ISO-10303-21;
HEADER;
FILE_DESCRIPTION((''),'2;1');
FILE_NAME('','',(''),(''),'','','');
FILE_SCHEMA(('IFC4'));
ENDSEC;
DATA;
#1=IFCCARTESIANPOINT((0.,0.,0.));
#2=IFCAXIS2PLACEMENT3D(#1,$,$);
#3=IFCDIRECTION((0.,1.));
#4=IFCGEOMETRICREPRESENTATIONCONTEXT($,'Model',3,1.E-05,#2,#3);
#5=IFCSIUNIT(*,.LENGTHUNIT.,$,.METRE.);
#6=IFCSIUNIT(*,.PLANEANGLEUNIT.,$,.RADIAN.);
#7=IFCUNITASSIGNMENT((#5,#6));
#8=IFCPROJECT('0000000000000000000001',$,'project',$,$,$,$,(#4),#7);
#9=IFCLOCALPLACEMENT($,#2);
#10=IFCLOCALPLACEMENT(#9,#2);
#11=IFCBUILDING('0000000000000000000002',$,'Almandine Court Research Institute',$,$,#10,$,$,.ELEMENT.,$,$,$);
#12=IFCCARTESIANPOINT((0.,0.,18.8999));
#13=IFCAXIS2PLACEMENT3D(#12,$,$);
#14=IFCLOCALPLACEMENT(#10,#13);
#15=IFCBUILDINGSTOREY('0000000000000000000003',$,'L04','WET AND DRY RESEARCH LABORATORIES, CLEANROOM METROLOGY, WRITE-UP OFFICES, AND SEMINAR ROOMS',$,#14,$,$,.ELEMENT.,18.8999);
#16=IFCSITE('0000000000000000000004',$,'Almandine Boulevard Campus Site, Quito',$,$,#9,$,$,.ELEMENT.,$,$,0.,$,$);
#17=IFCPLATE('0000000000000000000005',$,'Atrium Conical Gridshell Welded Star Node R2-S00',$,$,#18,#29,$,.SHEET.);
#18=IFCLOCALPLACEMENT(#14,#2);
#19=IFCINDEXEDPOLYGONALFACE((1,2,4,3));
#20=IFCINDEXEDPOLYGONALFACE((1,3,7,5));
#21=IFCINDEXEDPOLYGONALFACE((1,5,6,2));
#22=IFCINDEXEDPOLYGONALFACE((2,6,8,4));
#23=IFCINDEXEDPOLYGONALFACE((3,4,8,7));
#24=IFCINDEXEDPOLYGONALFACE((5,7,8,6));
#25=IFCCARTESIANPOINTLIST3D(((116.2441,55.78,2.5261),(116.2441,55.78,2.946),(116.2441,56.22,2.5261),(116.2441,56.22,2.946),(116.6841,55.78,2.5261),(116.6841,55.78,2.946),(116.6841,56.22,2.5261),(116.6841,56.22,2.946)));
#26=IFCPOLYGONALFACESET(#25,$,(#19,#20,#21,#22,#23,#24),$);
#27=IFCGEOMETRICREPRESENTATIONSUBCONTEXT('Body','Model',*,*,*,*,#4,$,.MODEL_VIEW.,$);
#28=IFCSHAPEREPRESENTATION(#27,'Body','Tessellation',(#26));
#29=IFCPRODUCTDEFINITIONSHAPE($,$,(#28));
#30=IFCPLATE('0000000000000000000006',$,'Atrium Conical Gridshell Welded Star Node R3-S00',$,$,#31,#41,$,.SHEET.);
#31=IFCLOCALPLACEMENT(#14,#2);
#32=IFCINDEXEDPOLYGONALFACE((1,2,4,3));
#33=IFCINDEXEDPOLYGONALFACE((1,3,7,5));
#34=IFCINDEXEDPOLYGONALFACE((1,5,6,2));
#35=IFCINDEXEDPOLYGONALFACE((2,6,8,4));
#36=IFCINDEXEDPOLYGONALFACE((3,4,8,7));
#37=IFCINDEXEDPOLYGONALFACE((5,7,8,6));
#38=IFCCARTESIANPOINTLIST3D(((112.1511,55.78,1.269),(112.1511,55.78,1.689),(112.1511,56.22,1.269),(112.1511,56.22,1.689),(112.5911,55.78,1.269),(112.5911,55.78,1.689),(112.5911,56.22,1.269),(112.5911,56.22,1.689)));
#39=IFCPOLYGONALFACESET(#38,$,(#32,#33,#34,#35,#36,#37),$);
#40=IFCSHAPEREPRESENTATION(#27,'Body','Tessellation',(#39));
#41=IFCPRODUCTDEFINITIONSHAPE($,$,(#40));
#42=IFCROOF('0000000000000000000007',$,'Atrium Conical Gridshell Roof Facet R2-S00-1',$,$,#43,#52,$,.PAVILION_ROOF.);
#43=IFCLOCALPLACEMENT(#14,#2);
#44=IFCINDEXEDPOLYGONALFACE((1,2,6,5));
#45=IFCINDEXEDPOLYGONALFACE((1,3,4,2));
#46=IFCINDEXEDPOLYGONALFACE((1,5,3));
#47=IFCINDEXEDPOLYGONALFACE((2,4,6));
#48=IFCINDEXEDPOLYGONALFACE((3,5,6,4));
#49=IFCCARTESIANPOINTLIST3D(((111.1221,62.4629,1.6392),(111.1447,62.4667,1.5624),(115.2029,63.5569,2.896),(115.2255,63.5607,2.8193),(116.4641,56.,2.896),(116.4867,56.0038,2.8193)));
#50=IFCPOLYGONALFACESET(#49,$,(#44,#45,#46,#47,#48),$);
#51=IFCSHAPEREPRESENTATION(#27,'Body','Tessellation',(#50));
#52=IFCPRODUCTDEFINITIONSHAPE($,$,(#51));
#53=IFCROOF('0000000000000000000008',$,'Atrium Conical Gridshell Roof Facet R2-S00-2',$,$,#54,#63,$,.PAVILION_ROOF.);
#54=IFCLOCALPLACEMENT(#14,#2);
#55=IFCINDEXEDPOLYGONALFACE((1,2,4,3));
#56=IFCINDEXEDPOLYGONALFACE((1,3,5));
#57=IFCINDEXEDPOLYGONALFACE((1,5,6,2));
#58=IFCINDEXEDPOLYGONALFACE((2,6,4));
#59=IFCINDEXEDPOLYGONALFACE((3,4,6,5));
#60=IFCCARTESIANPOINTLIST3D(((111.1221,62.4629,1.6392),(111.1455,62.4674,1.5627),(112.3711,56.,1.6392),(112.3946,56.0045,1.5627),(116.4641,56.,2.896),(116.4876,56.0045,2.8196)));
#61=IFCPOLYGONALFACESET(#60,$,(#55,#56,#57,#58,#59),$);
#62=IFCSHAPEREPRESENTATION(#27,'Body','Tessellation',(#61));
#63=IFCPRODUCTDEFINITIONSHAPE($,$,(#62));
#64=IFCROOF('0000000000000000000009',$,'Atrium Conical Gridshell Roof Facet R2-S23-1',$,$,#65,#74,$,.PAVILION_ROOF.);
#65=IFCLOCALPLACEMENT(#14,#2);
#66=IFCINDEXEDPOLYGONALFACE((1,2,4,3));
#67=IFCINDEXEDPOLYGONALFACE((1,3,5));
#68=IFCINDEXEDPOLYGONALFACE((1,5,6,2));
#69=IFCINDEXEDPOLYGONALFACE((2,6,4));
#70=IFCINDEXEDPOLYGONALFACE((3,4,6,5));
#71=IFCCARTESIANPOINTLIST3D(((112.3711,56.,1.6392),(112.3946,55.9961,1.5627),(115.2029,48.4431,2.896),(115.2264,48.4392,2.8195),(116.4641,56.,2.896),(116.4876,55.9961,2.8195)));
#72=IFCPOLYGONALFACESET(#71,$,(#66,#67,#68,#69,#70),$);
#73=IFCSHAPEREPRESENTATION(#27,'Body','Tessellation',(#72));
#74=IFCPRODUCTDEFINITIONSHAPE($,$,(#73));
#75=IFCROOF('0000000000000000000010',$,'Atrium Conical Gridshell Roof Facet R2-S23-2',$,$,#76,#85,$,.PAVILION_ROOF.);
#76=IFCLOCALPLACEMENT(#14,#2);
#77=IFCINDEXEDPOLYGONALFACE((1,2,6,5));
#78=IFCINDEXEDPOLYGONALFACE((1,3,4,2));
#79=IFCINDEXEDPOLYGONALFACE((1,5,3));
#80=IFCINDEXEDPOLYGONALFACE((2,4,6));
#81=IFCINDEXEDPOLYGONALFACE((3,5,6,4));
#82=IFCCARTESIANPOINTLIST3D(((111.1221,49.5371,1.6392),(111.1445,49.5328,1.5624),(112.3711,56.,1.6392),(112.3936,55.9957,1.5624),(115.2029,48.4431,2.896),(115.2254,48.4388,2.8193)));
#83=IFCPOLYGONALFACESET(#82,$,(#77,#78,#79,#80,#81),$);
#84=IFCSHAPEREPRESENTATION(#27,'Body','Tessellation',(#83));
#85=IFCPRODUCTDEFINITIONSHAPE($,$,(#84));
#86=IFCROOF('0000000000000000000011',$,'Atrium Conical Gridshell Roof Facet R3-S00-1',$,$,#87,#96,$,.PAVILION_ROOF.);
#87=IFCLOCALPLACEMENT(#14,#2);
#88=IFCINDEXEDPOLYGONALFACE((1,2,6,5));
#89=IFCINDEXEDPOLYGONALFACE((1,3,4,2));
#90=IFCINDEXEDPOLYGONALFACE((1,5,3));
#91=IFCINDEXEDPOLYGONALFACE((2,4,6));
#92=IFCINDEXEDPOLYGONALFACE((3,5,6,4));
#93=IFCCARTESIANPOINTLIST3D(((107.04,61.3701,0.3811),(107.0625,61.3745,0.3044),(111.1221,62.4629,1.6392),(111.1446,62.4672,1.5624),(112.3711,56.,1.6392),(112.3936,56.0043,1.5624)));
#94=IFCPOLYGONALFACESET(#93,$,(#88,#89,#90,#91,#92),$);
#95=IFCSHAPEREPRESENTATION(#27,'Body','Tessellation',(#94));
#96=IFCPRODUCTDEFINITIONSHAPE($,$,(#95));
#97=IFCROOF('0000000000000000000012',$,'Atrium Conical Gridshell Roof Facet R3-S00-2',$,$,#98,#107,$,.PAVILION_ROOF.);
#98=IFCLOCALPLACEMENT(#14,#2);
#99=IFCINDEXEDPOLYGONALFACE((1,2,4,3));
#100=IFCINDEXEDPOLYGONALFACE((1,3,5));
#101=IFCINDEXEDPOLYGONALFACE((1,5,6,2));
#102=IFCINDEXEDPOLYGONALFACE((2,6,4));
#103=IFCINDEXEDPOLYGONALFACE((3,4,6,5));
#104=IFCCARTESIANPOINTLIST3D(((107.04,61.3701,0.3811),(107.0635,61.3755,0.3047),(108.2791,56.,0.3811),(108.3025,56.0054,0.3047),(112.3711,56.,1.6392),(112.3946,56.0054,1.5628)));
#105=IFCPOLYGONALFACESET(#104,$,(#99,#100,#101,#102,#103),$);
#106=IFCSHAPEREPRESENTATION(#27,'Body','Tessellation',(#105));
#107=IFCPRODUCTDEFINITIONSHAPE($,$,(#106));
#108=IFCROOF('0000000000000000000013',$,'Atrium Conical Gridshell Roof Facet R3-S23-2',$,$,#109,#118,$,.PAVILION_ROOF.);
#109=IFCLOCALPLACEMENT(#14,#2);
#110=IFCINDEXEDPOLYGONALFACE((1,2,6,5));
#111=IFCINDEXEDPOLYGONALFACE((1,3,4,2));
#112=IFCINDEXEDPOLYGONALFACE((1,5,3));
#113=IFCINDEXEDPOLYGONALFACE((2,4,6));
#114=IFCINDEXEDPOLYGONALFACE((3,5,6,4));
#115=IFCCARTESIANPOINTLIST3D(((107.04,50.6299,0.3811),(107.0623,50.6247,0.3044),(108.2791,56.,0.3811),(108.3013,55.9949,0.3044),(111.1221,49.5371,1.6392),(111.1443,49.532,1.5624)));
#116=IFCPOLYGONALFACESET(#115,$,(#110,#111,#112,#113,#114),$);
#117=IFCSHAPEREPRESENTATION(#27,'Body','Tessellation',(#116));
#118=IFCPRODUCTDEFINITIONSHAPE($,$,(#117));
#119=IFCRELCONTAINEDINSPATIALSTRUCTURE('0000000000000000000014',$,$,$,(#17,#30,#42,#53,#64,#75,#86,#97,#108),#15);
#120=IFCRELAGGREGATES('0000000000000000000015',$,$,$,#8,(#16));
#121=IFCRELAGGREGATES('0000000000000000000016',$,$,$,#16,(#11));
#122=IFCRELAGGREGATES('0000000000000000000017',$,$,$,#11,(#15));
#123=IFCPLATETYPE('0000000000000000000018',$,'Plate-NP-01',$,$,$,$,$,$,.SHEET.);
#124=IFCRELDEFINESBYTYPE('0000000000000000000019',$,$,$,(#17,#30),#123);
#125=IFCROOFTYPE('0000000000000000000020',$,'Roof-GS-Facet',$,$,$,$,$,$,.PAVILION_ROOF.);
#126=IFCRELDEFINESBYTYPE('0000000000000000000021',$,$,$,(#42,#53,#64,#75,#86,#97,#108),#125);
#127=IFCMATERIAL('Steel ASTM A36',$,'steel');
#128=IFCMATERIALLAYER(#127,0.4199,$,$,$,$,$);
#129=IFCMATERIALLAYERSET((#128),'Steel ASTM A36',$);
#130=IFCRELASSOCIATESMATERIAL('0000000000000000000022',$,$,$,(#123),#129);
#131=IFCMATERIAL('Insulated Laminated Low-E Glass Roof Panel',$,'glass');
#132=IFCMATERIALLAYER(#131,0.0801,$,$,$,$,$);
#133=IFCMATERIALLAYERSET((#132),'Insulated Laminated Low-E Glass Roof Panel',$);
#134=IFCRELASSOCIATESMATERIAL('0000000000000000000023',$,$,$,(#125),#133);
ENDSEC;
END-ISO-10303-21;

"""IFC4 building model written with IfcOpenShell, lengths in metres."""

from ifc_helpers import new_model, si_unit, direction, frame, origin, origin_2d, place, context, subcontext, project, spatial, polyline, rectangle, outline, extrude, material, layer, layer_set, type_object, element, save


model = new_model("IFC4")

# Units and contexts
model_context = context("Model", 3, precision=1e-05, world=origin(), true_north=direction((0.0, 1.0)))
body_context = subcontext(model_context, "Body", "Model", "MODEL_VIEW")
ifc_project = project(units=[si_unit("LENGTHUNIT", "METRE"), si_unit("PLANEANGLEUNIT", "RADIAN")], contexts=[model_context])

# Site, building, storey
site_placement = place(None, origin())
site = spatial("IfcSite", under=ifc_project, at=site_placement, Name="Almandine Boulevard Campus Site, Quito", CompositionType="ELEMENT", RefElevation=0.0)
building_placement = place(site_placement, origin())
building = spatial("IfcBuilding", under=site, at=building_placement, Name="Almandine Court Research Institute", CompositionType="ELEMENT")
storey_placement = place(building_placement, frame((0.0, 0.0, 18.8999)))
storey = spatial("IfcBuildingStorey", under=building, at=storey_placement, Name="L04", Description="WET AND DRY RESEARCH LABORATORIES, CLEANROOM METROLOGY, WRITE-UP OFFICES, AND SEMINAR ROOMS", CompositionType="ELEMENT", Elevation=18.8999)

# Plates
ifc_material_1 = material(Name="Steel ASTM A36", Category="steel")
ifc_layer_1 = layer(ifc_material_1, 0.4199)
ifc_layer_set_1 = layer_set([ifc_layer_1], Name="Steel ASTM A36")
plate_type = type_object("IfcPlateType", Name="Plate-NP-01", PredefinedType="SHEET", material=ifc_layer_set_1)
for number, where, z_axis, x_axis, name in (
    (1, (116.4641, 56.0, 2.5261), (0.0, 0.0, 1.0), (1.0, 0.0, 0.0), "Atrium Conical Gridshell Welded Star Node R2-S00"),
    (2, (112.3711, 56.0, 1.269), (0.0, 0.0, 1.0), (1.0, 0.0, 0.0), "Atrium Conical Gridshell Welded Star Node R3-S00"),
):
    element("IfcPlate", number, at=place(storey_placement, frame(where, z_axis=z_axis, x_axis=x_axis)), inside=storey, type_object=plate_type, Name=name, PredefinedType="SHEET", context=body_context, shape_type="SweptSolid", body=[
        extrude(rectangle(XDim=0.4399, YDim=0.4399, at=origin_2d()), origin(), (0.0, 0.0, 1.0), 0.4199),
    ])

# Roofs
ifc_material_2 = material(Name="Insulated Laminated Low-E Glass Roof Panel", Category="glass")
ifc_layer_2 = layer(ifc_material_2, 0.0801)
ifc_layer_set_2 = layer_set([ifc_layer_2], Name="Insulated Laminated Low-E Glass Roof Panel")
roof_type = type_object("IfcRoofType", Name="Roof-GS-Facet", PredefinedType="PAVILION_ROOF", material=ifc_layer_set_2)
roof_1_placement = place(storey_placement, frame((116.4641, 56.0, 2.896), z_axis=(-0.282452, -0.047141, 0.958123), x_axis=(-0.164621, 0.986357, 0.0)))
element("IfcRoof", 3, at=roof_1_placement, inside=storey, type_object=roof_type, Name="Atrium Conical Gridshell Roof Facet R2-S00-1", PredefinedType="PAVILION_ROOF", context=body_context, shape_type="SweptSolid", body=[
    extrude(outline(polyline([(0.0, 0.0), (7.6614, 0.0), (7.2541, 4.389), (0.0, 0.0)])), origin(), (0.0, 0.0, -1.0), 0.0801),
])
roof_2_placement = place(storey_placement, frame((116.4641, 56.0, 2.896), z_axis=(-0.29307, -0.056639, 0.954412), x_axis=(-0.630065, 0.762263, -0.148237)))
element("IfcRoof", 4, at=roof_2_placement, inside=storey, type_object=roof_type, Name="Atrium Conical Gridshell Roof Facet R2-S00-2", PredefinedType="PAVILION_ROOF", context=body_context, shape_type="SweptSolid", body=[
    extrude(outline(polyline([(0.0, 0.0), (8.4786, 0.0), (2.7652, 3.269), (0.0, 0.0)])), origin(), (0.0, 0.0, -1.0), 0.0801),
])
roof_3_placement = place(storey_placement, frame((115.2029, 48.4431, 2.896), z_axis=(-0.293189, 0.048933, 0.954801), x_axis=(0.164621, 0.986357, 0.0)))
element("IfcRoof", 5, at=roof_3_placement, inside=storey, type_object=roof_type, Name="Atrium Conical Gridshell Roof Facet R2-S23-1", PredefinedType="PAVILION_ROOF", context=body_context, shape_type="SweptSolid", body=[
    extrude(outline(polyline([(0.0, 0.0), (7.6614, 0.0), (6.9876, 4.2283), (0.0, 0.0)])), origin(), (0.0, 0.0, -1.0), 0.0801),
])
roof_4_placement = place(storey_placement, frame((115.2029, 48.4431, 2.896), z_axis=(-0.280603, 0.05423, 0.958291), x_axis=(-0.346722, 0.925258, -0.153886)))
element("IfcRoof", 6, at=roof_4_placement, inside=storey, type_object=roof_type, Name="Atrium Conical Gridshell Roof Facet R2-S23-2", PredefinedType="PAVILION_ROOF", context=body_context, shape_type="SweptSolid", body=[
    extrude(outline(polyline([(0.0, 0.0), (8.1673, 0.0), (2.6205, 3.5443), (0.0, 0.0)])), origin(), (0.0, 0.0, -1.0), 0.0801),
])
roof_5_placement = place(storey_placement, frame((112.3711, 56.0, 1.6392), z_axis=(-0.280794, -0.054266, 0.958233), x_axis=(-0.18975, 0.981832, 0.0)))
element("IfcRoof", 7, at=roof_5_placement, inside=storey, type_object=roof_type, Name="Atrium Conical Gridshell Roof Facet R3-S00-1", PredefinedType="PAVILION_ROOF", context=body_context, shape_type="SweptSolid", body=[
    extrude(outline(polyline([(0.0, 0.0), (6.5825, 0.0), (6.2841, 4.399), (0.0, 0.0)])), origin(), (0.0, 0.0, -1.0), 0.0801),
])
roof_6_placement = place(storey_placement, frame((112.3711, 56.0, 1.6392), z_axis=(-0.293192, -0.067646, 0.953657), x_axis=(-0.694981, 0.700074, -0.164006)))
element("IfcRoof", 8, at=roof_6_placement, inside=storey, type_object=roof_type, Name="Atrium Conical Gridshell Roof Facet R3-S00-2", PredefinedType="PAVILION_ROOF", context=body_context, shape_type="SweptSolid", body=[
    extrude(outline(polyline([(0.0, 0.0), (7.6708, 0.0), (3.0502, 3.0039), (0.0, 0.0)])), origin(), (0.0, 0.0, -1.0), 0.0801),
])
roof_7_placement = place(storey_placement, frame((111.1221, 49.5371, 1.6392), z_axis=(-0.278185, 0.064184, 0.958381), x_axis=(-0.396417, 0.901156, -0.175418)))
element("IfcRoof", 9, at=roof_7_placement, inside=storey, type_object=roof_type, Name="Atrium Conical Gridshell Roof Facet R3-S23-2", PredefinedType="PAVILION_ROOF", context=body_context, shape_type="SweptSolid", body=[
    extrude(outline(polyline([(0.0, 0.0), (7.1718, 0.0), (2.8236, 3.3863), (0.0, 0.0)])), origin(), (0.0, 0.0, -1.0), 0.0801),
])

save(model, "model.ifc")
